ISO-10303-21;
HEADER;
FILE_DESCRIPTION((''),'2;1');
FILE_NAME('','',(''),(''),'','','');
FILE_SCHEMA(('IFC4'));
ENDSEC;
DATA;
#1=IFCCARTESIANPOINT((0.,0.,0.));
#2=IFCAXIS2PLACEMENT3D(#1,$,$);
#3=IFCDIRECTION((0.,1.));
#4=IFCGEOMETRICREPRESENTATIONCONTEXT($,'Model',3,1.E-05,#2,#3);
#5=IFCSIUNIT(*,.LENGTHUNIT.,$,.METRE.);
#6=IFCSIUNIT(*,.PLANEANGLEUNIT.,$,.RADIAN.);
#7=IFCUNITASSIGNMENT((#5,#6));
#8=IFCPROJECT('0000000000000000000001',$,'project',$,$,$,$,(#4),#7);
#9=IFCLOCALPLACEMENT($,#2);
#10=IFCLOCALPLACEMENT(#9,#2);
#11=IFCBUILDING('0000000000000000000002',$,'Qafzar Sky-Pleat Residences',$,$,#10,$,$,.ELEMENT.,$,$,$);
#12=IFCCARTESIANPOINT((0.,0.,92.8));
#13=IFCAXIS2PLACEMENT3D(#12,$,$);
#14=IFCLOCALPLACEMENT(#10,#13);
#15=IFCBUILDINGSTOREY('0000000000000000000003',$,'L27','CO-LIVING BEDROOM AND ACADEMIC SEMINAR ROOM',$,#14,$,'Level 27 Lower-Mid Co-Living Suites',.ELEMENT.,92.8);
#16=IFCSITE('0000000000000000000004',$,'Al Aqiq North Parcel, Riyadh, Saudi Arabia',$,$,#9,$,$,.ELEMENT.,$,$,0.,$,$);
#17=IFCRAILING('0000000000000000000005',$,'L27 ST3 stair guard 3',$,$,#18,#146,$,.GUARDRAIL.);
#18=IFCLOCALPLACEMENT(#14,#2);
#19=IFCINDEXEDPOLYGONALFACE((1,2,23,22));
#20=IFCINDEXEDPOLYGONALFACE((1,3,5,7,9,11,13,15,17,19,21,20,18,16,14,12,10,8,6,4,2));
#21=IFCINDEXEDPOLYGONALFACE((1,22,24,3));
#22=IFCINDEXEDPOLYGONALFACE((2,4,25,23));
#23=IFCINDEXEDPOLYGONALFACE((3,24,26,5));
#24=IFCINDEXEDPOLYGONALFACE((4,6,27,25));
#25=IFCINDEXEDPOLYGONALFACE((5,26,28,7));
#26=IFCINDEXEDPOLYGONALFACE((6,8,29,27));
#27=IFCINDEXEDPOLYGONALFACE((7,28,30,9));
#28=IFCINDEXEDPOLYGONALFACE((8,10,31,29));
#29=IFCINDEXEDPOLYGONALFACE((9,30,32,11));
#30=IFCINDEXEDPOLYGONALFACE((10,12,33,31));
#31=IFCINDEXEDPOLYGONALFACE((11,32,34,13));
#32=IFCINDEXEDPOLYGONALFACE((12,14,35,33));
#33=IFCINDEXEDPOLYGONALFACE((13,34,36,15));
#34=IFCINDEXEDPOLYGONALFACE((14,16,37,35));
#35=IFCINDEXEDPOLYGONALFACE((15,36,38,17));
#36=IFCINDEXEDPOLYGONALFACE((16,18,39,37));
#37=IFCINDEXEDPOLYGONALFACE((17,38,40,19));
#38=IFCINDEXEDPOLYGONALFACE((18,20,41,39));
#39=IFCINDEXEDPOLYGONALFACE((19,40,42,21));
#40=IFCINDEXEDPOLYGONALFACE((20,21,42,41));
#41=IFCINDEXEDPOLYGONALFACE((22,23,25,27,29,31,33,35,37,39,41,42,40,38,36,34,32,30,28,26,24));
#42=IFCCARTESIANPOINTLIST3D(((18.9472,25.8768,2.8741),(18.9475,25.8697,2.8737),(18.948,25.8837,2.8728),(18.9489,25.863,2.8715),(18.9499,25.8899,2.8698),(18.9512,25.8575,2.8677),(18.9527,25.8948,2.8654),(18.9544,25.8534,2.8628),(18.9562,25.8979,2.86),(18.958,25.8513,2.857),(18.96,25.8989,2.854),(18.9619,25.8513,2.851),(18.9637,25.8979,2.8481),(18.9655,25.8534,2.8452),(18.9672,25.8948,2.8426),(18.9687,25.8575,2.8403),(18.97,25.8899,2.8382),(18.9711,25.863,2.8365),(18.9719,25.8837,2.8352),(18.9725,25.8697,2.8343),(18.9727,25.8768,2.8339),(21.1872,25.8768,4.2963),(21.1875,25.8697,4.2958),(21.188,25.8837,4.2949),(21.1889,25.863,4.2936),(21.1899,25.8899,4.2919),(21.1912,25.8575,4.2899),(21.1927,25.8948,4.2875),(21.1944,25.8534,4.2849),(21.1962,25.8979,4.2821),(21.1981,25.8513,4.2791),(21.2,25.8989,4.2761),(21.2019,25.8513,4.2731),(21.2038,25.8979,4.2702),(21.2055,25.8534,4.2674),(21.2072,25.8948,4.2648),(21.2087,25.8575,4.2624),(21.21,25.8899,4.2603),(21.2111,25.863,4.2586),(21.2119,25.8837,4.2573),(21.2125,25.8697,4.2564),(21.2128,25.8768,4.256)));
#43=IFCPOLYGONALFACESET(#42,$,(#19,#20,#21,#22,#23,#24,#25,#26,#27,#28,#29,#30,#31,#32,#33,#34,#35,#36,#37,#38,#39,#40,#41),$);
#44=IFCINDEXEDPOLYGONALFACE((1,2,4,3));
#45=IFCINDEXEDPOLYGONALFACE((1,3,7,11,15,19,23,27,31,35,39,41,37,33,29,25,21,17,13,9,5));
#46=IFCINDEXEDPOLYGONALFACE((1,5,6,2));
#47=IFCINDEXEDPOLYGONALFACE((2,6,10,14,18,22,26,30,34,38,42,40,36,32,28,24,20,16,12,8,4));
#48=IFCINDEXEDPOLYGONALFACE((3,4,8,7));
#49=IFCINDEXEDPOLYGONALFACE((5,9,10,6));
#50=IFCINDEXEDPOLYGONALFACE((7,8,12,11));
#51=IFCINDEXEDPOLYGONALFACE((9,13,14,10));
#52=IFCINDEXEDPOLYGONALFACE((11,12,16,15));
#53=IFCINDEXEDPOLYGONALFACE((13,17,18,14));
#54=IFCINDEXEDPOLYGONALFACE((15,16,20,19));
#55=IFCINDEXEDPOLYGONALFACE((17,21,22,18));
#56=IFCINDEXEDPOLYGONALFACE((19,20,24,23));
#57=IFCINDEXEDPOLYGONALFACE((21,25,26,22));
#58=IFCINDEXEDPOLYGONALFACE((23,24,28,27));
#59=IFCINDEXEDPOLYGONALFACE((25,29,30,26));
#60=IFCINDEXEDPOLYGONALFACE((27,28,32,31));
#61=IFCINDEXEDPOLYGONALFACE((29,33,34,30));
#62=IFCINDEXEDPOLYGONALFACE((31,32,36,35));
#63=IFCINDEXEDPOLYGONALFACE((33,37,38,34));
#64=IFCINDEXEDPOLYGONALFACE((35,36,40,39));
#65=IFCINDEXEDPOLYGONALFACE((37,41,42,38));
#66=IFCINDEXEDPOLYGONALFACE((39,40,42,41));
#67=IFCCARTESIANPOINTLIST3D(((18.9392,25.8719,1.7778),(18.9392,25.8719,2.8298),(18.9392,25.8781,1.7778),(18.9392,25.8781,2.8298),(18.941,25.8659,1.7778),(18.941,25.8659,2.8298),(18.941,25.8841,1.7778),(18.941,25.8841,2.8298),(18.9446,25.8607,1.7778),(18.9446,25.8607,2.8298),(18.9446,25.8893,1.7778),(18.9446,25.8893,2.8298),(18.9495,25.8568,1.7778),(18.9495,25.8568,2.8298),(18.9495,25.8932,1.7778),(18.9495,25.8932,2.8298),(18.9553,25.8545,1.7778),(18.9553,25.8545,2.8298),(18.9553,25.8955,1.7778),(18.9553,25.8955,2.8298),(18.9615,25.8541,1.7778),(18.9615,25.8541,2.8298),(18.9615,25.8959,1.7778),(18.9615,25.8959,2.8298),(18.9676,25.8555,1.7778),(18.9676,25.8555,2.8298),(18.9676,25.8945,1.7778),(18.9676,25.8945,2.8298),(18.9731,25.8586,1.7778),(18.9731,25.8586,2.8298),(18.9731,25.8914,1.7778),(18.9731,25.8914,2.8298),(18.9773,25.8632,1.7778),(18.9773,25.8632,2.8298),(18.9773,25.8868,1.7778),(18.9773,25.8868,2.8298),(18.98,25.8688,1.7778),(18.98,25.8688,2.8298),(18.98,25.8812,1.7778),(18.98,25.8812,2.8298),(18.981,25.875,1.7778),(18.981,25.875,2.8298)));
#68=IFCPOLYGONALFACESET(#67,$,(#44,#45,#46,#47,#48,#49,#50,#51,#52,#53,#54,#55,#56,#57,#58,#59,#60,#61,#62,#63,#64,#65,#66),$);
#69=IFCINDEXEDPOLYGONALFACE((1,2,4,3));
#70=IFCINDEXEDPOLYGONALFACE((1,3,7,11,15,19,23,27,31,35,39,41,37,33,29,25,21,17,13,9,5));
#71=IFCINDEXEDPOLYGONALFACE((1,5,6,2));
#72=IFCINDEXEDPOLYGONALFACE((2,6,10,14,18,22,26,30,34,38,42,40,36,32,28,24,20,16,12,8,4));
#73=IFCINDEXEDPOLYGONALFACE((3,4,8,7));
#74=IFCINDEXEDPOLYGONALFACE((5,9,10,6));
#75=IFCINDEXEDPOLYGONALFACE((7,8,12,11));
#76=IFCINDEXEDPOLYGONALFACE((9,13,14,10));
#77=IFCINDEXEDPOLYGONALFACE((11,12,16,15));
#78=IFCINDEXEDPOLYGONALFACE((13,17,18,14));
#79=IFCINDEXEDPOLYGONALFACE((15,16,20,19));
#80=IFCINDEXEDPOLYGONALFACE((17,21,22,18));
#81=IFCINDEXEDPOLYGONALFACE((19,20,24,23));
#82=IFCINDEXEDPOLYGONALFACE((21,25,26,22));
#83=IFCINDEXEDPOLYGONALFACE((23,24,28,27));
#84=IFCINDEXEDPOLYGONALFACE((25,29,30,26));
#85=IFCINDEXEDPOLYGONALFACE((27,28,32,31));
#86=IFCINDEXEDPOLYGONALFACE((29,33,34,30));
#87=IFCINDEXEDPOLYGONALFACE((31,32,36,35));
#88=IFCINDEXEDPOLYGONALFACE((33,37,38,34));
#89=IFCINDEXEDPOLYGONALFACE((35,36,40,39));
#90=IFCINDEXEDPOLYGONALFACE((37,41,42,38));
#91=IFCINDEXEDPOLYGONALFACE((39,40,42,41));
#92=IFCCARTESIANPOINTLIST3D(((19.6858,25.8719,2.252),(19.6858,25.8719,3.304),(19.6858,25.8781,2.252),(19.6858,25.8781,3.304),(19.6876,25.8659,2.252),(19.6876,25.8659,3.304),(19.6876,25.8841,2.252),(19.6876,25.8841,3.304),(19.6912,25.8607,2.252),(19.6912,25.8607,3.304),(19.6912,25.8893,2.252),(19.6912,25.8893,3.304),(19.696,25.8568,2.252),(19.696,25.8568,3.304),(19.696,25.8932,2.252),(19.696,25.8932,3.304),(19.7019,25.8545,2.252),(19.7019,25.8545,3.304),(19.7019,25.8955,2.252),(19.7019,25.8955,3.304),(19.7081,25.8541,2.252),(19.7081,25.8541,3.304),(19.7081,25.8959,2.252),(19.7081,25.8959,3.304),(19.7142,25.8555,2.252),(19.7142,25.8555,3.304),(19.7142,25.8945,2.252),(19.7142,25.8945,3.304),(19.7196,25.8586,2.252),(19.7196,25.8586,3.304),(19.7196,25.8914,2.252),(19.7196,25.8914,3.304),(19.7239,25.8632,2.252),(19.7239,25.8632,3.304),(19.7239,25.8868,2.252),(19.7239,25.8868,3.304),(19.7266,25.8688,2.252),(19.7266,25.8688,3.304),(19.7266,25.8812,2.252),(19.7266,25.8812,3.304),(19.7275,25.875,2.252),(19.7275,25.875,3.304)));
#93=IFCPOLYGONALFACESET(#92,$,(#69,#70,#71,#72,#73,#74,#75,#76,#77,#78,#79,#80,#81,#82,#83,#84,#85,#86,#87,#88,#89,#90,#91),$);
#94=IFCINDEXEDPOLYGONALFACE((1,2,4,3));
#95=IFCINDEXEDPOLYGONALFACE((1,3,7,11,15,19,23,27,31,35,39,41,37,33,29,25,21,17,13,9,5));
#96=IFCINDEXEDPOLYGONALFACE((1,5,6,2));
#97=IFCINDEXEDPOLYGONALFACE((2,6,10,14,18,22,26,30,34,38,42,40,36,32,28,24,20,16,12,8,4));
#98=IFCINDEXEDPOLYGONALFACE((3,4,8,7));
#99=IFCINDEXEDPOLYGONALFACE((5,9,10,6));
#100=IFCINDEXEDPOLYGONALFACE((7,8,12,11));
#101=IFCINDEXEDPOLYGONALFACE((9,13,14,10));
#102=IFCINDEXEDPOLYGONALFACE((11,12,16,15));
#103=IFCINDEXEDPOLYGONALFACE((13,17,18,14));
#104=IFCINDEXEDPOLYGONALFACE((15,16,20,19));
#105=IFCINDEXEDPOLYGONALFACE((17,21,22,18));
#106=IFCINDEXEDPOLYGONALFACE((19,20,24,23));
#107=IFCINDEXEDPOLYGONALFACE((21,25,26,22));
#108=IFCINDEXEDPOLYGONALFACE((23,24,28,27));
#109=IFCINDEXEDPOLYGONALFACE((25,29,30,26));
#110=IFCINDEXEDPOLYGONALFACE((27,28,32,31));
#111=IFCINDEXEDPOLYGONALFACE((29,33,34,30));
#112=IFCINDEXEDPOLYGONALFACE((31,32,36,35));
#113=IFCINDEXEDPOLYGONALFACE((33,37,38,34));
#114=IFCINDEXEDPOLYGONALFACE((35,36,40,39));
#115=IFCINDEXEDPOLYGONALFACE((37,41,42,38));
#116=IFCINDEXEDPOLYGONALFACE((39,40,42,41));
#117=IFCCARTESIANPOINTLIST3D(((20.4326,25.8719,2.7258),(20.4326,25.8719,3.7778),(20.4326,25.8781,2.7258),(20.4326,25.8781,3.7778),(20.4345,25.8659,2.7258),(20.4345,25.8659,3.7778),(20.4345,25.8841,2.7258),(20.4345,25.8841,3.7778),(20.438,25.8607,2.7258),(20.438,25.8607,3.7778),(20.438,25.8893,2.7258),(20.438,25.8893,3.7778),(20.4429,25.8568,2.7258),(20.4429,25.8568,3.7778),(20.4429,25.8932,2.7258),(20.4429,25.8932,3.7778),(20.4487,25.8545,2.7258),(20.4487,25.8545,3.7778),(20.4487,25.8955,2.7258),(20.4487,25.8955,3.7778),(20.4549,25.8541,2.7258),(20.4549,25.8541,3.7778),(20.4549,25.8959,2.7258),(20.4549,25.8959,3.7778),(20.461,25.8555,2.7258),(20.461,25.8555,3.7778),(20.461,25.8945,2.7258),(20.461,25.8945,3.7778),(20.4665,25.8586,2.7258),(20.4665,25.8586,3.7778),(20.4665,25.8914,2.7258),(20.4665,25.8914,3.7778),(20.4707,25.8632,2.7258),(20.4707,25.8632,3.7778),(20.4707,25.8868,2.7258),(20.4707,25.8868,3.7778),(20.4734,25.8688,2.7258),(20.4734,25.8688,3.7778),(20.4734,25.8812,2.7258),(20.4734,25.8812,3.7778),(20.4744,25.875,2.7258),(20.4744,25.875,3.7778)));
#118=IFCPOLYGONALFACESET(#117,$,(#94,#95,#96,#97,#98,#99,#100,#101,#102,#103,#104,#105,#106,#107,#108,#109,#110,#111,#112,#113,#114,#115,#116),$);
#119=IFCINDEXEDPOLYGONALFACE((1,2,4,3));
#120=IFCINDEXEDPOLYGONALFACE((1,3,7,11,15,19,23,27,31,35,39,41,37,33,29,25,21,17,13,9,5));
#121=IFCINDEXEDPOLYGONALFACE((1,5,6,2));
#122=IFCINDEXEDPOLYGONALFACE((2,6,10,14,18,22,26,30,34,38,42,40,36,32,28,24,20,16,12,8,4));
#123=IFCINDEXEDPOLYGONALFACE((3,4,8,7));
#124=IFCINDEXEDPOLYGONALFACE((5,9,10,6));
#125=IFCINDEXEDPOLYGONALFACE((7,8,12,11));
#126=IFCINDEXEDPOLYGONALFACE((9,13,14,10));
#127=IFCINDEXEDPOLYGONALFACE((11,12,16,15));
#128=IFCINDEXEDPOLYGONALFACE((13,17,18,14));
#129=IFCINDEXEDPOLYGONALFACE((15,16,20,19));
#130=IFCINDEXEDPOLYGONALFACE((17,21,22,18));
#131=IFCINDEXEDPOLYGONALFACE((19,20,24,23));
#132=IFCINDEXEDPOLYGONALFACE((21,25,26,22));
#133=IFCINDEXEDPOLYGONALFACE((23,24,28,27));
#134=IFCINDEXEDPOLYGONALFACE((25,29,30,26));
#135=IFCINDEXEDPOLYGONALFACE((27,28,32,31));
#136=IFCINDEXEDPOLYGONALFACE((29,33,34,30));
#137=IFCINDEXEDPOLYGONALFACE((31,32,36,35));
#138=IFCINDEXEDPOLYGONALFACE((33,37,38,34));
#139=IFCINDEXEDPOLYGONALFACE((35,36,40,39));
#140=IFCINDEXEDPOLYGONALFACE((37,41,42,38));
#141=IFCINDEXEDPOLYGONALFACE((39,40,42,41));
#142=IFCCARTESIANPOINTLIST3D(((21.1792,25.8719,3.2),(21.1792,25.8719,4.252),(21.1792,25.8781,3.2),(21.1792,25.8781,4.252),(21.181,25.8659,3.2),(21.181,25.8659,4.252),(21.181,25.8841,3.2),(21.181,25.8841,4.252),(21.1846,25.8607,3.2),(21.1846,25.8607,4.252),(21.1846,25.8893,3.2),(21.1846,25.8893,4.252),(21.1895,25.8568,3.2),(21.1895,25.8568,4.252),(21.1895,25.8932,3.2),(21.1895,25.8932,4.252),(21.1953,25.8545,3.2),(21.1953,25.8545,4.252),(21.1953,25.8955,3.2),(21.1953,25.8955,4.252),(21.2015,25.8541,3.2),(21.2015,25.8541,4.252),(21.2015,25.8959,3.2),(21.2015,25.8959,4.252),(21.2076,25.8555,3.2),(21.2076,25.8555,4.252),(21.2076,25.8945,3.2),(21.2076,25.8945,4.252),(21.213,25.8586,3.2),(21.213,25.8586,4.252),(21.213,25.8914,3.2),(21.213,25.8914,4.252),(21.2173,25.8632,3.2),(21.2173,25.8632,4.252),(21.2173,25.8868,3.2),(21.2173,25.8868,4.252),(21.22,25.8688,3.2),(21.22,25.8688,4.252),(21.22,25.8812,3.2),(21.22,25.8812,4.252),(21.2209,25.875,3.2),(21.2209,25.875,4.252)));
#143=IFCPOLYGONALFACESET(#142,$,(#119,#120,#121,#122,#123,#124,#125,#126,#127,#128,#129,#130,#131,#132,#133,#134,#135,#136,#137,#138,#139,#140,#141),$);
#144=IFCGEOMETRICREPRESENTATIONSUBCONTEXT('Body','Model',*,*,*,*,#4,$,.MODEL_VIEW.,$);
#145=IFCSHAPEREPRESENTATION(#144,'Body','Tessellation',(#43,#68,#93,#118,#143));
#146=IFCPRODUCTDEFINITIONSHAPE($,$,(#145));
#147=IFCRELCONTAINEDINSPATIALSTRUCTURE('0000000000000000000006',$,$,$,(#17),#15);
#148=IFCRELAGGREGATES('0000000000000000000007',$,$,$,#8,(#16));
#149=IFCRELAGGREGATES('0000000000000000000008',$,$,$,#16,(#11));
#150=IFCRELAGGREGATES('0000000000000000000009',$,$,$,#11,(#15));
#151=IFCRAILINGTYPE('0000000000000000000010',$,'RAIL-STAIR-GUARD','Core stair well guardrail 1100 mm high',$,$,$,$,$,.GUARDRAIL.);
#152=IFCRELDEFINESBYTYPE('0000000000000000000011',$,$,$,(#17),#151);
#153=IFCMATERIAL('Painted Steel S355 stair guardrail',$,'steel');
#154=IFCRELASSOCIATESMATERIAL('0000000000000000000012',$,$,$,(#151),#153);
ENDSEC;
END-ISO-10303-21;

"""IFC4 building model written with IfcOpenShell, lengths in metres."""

from ifc_helpers import new_model, si_unit, direction, frame, origin, origin_2d, place, context, subcontext, project, spatial, circle, extrude, source, transform, mapped, material, type_object, element, save


model = new_model("IFC4")

# Units and contexts
model_context = context("Model", 3, precision=1e-05, world=origin(), true_north=direction((0.0, 1.0)))
body_context = subcontext(model_context, "Body", "Model", "MODEL_VIEW")
ifc_project = project(units=[si_unit("LENGTHUNIT", "METRE"), si_unit("PLANEANGLEUNIT", "RADIAN")], contexts=[model_context])

# Site, building, storey
site_placement = place(None, origin())
site = spatial("IfcSite", under=ifc_project, at=site_placement, Name="Al Aqiq North Parcel, Riyadh, Saudi Arabia", CompositionType="ELEMENT", RefElevation=0.0)
building_placement = place(site_placement, origin())
building = spatial("IfcBuilding", under=site, at=building_placement, Name="Qafzar Sky-Pleat Residences", CompositionType="ELEMENT")
storey_placement = place(building_placement, frame((0.0, 0.0, 92.8)))
storey = spatial("IfcBuildingStorey", under=building, at=storey_placement, Name="L27", Description="CO-LIVING BEDROOM AND ACADEMIC SEMINAR ROOM", LongName="Level 27 Lower-Mid Co-Living Suites", CompositionType="ELEMENT", Elevation=92.8)

# Railing
ifc_material_1 = material(Name="Painted Steel S355 stair guardrail", Category="steel")
railing_type_1 = type_object("IfcRailingType", Name="RAIL-STAIR-GUARD", Description="Core stair well guardrail 1100 mm high", PredefinedType="GUARDRAIL", material=ifc_material_1)
shared_shape_1 = source(origin(), body_context, "Body", "SweptSolid", [
    extrude(circle(Radius=0.0239, at=origin_2d()), frame((0.0, 0.0, 1.0762), z_axis=(0.844229, 0.0, 0.535982), x_axis=(0.0, 1.0, 0.0)), (0.0, 0.0, 1.0), 2.6533),
    extrude(circle(Radius=0.021, at=origin_2d()), origin(), (0.0, 0.0, 1.0), 1.052),
    extrude(circle(Radius=0.021, at=origin_2d()), frame((0.7466, 0.0, 0.4741)), (0.0, 0.0, 1.0), 1.052),
    extrude(circle(Radius=0.021, at=origin_2d()), frame((1.4934, 0.0, 0.948)), (0.0, 0.0, 1.0), 1.052),
    extrude(circle(Radius=0.021, at=origin_2d()), frame((2.24, 0.0, 1.4221)), (0.0, 0.0, 1.0), 1.052),
])
railing_1_placement = place(storey_placement, frame((18.96, 25.875, 1.7778)))
element("IfcRailing", 1, at=railing_1_placement, inside=storey, type_object=railing_type_1, Name="L27 ST3 stair guard 3", PredefinedType="GUARDRAIL", context=body_context, shape_type="MappedRepresentation", body=[
    mapped(shared_shape_1, transform((0.0, 0.0, 0.0), x_axis=(1.0, 0.0, 0.0), y_axis=(0.0, 1.0, 0.0), z_axis=(0.0, 0.0, 1.0), scale=1.0)),
])

save(model, "model.ifc")
